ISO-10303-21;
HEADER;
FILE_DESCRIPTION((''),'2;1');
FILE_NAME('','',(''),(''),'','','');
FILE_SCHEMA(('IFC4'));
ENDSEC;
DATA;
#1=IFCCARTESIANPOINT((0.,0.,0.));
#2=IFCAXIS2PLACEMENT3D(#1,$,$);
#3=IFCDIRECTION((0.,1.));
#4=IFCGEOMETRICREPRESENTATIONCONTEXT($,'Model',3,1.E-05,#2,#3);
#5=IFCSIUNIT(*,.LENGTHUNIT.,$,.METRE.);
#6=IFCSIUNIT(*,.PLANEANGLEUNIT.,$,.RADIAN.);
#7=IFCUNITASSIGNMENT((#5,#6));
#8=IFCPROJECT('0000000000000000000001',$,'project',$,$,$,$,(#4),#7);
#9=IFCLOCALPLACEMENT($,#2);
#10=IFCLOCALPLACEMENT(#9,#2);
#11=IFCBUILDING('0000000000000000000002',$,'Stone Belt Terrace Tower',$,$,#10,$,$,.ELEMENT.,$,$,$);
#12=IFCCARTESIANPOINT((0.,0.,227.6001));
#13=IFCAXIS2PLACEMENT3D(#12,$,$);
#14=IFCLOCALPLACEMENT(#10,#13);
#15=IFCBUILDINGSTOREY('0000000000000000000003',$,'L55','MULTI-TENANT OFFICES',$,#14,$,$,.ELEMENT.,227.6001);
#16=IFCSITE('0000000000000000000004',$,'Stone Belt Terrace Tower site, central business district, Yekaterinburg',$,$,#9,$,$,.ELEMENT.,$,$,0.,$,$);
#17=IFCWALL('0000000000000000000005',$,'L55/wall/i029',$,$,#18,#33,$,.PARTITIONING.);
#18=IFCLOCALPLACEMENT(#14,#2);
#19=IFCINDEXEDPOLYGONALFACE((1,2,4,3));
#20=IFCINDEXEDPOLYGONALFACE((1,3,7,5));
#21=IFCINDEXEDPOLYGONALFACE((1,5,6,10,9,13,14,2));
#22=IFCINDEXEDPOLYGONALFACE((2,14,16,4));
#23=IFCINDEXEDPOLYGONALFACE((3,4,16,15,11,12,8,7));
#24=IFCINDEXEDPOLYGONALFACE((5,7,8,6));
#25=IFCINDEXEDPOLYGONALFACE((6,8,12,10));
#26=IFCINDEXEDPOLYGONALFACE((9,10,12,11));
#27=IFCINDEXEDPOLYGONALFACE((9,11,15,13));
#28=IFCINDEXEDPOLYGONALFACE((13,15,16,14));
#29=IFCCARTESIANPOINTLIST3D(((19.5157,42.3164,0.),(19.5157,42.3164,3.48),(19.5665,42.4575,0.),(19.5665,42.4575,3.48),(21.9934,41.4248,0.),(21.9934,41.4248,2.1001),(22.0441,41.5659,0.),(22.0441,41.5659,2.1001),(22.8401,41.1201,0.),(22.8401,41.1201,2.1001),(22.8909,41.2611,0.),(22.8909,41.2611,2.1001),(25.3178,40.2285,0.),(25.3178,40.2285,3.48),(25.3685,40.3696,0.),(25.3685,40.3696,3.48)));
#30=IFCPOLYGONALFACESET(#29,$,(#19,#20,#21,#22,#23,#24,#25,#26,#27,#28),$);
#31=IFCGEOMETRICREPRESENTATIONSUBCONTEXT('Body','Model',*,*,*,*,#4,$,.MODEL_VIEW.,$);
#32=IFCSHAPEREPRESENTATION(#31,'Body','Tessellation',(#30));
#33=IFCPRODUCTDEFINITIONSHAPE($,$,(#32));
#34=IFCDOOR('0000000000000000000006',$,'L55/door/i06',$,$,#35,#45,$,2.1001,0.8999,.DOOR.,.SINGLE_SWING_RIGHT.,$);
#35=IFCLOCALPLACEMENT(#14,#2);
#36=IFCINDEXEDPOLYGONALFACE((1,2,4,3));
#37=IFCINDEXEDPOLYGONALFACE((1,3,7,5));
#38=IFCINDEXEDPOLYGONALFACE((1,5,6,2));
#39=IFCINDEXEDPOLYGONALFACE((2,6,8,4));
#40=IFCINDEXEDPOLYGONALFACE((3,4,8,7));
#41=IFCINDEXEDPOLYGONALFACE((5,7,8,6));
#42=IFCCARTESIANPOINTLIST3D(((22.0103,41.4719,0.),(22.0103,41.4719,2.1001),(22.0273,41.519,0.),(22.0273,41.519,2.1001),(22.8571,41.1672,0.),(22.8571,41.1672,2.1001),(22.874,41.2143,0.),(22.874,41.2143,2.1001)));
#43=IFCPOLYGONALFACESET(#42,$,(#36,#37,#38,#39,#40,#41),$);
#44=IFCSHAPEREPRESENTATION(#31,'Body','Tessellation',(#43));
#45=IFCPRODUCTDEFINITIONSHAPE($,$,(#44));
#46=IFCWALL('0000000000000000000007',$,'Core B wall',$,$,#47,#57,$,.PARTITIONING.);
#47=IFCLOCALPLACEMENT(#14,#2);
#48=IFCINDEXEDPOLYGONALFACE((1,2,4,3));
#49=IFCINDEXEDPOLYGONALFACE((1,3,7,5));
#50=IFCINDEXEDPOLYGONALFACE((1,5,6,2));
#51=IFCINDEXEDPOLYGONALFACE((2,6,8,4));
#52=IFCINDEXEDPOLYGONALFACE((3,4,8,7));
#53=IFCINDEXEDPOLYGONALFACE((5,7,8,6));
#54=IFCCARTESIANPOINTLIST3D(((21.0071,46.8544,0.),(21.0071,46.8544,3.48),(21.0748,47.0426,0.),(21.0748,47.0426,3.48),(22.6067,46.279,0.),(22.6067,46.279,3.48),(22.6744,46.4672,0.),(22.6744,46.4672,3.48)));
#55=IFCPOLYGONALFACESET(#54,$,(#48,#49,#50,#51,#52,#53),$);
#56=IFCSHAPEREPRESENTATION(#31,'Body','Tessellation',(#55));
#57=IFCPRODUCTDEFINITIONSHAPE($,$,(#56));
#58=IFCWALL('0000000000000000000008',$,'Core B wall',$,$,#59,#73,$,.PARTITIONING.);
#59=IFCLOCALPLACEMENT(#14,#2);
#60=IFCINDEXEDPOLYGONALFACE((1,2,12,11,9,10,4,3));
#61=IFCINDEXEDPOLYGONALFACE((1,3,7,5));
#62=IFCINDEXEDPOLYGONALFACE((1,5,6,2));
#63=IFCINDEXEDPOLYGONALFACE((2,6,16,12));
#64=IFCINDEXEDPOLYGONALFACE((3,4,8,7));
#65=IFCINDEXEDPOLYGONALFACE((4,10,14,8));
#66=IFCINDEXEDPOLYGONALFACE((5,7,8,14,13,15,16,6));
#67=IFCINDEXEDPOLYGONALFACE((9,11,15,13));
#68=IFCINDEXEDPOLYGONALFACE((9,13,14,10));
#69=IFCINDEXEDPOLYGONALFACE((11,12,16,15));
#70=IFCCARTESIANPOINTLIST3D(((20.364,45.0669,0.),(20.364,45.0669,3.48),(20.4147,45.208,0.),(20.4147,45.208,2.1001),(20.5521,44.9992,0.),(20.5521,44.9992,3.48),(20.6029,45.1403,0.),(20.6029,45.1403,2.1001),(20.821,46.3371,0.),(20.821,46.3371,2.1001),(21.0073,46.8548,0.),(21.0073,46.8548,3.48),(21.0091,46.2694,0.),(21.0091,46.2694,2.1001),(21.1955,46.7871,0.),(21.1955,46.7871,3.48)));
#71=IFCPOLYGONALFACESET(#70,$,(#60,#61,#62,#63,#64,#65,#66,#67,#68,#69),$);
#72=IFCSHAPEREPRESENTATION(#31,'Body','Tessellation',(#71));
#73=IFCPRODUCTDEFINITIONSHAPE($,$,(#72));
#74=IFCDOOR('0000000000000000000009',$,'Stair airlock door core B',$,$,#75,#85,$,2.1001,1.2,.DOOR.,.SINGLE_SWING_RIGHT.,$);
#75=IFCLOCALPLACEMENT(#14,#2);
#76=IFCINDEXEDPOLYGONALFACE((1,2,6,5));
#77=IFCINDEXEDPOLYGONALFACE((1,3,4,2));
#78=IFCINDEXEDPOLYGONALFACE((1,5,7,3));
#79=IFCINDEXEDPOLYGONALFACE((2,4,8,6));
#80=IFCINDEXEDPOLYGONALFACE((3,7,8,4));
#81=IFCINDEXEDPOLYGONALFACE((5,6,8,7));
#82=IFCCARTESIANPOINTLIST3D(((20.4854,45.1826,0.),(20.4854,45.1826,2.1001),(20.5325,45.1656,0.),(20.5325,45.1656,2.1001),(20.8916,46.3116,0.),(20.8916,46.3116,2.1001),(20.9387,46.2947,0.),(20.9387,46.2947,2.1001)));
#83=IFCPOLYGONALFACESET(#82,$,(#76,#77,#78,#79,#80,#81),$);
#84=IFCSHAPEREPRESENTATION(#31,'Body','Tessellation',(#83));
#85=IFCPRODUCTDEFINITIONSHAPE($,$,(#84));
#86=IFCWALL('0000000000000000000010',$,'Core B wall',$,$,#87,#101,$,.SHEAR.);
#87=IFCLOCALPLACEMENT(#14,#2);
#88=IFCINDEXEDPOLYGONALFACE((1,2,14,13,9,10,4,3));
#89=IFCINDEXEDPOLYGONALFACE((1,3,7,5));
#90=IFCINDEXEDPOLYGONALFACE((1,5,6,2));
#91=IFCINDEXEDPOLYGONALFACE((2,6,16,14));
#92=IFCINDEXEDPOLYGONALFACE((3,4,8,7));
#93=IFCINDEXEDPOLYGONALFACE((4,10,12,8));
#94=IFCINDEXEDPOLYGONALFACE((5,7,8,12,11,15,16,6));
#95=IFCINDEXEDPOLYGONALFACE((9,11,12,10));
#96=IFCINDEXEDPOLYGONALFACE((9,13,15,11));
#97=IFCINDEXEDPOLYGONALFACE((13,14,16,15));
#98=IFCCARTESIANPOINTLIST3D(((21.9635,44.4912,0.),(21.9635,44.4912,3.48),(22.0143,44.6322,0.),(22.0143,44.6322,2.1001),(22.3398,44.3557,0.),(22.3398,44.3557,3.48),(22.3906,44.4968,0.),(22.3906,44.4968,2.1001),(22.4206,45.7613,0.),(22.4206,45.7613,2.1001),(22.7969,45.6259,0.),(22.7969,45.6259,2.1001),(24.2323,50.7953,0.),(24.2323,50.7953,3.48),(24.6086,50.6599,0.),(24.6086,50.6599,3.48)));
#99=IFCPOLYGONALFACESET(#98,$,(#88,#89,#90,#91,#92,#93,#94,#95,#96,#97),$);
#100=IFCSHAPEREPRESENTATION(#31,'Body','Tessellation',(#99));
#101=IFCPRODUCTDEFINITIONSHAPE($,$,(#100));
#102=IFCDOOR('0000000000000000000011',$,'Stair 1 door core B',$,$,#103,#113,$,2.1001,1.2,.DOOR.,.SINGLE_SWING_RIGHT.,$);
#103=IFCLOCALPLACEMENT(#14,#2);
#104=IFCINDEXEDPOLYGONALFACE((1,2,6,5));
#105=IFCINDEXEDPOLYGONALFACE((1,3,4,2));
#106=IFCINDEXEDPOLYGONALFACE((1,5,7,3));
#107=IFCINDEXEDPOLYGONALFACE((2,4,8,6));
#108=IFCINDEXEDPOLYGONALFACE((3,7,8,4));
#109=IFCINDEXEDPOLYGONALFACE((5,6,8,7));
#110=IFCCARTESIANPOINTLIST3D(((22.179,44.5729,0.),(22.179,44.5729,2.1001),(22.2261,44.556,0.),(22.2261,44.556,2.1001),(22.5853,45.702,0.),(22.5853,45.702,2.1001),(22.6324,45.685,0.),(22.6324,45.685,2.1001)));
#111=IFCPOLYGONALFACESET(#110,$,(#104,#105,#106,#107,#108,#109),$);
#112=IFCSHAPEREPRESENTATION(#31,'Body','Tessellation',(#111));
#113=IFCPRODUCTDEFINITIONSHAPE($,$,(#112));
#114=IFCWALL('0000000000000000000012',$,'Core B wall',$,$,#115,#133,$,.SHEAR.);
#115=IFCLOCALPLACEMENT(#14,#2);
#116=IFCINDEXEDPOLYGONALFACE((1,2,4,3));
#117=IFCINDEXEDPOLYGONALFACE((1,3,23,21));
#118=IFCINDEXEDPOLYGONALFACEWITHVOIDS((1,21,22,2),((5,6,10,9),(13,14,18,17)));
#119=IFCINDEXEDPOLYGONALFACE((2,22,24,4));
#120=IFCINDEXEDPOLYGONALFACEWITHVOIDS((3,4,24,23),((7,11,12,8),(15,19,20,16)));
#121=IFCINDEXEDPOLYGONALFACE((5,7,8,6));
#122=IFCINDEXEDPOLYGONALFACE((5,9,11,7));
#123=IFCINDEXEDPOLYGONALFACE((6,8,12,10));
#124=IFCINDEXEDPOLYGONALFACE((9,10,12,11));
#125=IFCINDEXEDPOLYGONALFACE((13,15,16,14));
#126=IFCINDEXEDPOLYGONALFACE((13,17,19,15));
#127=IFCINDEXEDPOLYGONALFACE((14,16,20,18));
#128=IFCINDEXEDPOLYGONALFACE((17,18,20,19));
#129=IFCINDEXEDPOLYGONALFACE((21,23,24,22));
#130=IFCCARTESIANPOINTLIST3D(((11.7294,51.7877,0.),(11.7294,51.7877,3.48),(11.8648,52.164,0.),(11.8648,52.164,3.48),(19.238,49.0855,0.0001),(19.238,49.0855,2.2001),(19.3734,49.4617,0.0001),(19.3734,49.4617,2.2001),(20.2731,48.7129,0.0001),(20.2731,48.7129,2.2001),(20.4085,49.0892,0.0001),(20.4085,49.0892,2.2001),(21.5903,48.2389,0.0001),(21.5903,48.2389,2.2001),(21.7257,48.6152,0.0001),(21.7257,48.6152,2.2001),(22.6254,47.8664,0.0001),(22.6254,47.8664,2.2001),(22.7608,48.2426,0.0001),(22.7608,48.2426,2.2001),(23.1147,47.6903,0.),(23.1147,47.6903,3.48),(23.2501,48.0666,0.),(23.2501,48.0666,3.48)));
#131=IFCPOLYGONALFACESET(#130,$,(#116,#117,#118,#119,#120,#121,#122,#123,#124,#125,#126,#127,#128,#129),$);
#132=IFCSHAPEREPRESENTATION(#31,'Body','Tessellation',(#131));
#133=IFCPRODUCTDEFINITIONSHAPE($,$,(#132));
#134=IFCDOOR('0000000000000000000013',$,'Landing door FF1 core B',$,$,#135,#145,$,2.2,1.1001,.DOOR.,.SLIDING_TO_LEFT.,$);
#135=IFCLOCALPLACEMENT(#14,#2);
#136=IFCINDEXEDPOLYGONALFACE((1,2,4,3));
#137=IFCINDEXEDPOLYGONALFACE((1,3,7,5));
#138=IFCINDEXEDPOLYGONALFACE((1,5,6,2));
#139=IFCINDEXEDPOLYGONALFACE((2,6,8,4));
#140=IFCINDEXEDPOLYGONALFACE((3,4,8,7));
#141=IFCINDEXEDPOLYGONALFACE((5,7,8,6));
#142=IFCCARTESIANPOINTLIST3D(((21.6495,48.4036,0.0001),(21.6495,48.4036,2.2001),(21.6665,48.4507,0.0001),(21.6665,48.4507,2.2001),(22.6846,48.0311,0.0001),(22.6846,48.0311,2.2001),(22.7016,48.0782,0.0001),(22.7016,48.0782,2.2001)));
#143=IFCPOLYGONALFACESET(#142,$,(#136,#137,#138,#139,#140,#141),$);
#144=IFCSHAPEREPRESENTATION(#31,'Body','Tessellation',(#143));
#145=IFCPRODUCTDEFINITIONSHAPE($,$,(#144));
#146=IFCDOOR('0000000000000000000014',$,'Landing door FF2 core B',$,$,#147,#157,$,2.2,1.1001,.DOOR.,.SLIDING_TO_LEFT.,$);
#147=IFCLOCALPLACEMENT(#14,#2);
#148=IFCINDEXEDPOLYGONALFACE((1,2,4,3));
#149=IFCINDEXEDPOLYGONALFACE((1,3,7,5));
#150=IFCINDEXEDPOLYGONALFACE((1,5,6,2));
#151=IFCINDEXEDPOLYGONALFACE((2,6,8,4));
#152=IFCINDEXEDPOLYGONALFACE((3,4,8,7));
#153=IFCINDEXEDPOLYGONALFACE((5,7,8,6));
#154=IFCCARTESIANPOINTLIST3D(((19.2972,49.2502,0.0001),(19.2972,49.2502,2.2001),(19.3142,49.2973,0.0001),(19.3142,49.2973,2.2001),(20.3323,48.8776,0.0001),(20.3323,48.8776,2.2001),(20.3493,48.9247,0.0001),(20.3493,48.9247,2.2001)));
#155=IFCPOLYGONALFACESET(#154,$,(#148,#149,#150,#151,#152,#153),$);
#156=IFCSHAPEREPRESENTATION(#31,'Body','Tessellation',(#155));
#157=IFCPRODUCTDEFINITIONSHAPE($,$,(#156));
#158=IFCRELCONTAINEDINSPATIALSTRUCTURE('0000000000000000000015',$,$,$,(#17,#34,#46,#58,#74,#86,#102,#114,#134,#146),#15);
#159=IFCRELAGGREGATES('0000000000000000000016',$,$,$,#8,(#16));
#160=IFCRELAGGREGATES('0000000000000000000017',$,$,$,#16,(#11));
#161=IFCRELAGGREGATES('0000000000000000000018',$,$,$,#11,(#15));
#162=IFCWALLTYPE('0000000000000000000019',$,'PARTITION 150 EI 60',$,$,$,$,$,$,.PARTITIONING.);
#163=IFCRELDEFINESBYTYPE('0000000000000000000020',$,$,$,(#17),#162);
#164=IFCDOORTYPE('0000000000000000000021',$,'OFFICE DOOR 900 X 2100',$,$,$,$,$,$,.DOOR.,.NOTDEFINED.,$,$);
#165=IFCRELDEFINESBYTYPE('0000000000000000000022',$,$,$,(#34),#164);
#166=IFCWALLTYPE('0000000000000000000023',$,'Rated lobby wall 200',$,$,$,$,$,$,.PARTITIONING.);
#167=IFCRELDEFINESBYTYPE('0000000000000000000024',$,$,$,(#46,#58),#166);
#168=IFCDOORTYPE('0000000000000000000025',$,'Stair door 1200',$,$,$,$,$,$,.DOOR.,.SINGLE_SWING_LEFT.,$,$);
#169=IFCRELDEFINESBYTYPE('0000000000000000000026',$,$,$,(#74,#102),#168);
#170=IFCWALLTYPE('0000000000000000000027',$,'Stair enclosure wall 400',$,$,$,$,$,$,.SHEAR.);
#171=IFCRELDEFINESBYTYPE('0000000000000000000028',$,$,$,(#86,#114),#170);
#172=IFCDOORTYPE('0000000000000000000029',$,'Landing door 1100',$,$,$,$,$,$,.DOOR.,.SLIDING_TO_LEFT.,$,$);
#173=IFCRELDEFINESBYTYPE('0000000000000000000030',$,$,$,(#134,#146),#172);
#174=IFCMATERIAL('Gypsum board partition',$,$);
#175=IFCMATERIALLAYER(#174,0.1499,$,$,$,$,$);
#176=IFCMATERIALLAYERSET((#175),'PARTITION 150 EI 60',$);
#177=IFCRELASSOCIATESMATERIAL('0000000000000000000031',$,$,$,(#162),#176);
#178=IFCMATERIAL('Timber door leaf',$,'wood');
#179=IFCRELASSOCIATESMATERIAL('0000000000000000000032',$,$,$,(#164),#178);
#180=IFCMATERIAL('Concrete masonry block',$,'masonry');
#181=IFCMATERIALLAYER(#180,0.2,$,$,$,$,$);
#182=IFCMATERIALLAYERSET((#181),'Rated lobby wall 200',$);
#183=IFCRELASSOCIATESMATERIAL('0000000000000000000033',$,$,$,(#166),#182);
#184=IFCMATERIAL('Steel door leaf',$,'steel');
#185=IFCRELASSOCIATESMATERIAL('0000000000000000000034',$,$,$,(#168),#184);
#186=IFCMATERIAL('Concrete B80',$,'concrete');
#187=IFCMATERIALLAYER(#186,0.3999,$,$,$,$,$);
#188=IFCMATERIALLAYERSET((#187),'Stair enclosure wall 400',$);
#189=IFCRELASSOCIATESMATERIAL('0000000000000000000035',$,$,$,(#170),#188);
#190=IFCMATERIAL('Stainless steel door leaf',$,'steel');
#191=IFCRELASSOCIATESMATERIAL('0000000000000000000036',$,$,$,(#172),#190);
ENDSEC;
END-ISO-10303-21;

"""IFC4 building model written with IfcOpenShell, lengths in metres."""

from ifc_helpers import new_model, si_unit, direction, frame, frame_2d, origin, place, context, subcontext, project, spatial, rectangle, extrude, material, layer, layer_set, type_object, element, fill, save


model = new_model("IFC4")

# Units and contexts
model_context = context("Model", 3, precision=1e-05, world=origin(), true_north=direction((0.0, 1.0)))
body_context = subcontext(model_context, "Body", "Model", "MODEL_VIEW")
ifc_project = project(units=[si_unit("LENGTHUNIT", "METRE"), si_unit("PLANEANGLEUNIT", "RADIAN")], contexts=[model_context])

# Site, building, storey
site_placement = place(None, origin())
site = spatial("IfcSite", under=ifc_project, at=site_placement, Name="Stone Belt Terrace Tower site, central business district, Yekaterinburg", CompositionType="ELEMENT", RefElevation=0.0)
building_placement = place(site_placement, origin())
building = spatial("IfcBuilding", under=site, at=building_placement, Name="Stone Belt Terrace Tower", CompositionType="ELEMENT")
storey_placement = place(building_placement, frame((0.0, 0.0, 227.6001)))
storey = spatial("IfcBuildingStorey", under=building, at=storey_placement, Name="L55", Description="MULTI-TENANT OFFICES", CompositionType="ELEMENT", Elevation=227.6001)

# Shared definitions
ifc_material_1 = material(Name="Timber door leaf", Category="wood")

# Shared definitions
ifc_material_2 = material(Name="Concrete B80", Category="concrete")
ifc_material_3 = material(Name="Gypsum board partition")
ifc_layer_1 = layer(ifc_material_3, 0.1499)
ifc_layer_set_1 = layer_set([ifc_layer_1], Name="PARTITION 150 EI 60")
wall_type_1 = type_object("IfcWallType", Name="PARTITION 150 EI 60", PredefinedType="PARTITIONING", material=ifc_layer_set_1)

# Wall, opening, door
door_type_1 = type_object("IfcDoorType", Name="OFFICE DOOR 900 X 2100", OperationType="NOTDEFINED", PredefinedType="DOOR", material=ifc_material_1)
wall_1_placement = place(storey_placement, frame((25.343, 40.2991, 0.0), z_axis=(0.0, 0.0, 1.0), x_axis=(-0.94093, 0.3386, 0.0)))
wall_1 = element("IfcWall", 1, at=wall_1_placement, inside=storey, type_object=wall_type_1, Name="L55/wall/i029", PredefinedType="PARTITIONING", context=body_context, shape_type="SweptSolid", body=[
    extrude(rectangle(XDim=6.1663, YDim=0.1499, at=frame_2d((3.083, 0.0))), origin(), (0.0, 0.0, 1.0), 3.48),
])
opening_1_placement = place(wall_1_placement, frame((2.6331, 0.0, 0.0)))
opening_1 = element("IfcOpeningElement", 2, at=opening_1_placement, cuts=wall_1, PredefinedType="OPENING", context=body_context, shape_type="SweptSolid", body=[
    extrude(rectangle(XDim=0.8999, YDim=2.1001, at=frame_2d((0.45, 1.05))), frame((0.0, 0.085, 0.0), z_axis=(0.0, -1.0, 0.0), x_axis=(1.0, 0.0, 0.0)), (0.0, 0.0, 1.0), 0.1699),
])
door_1_placement = place(opening_1_placement, origin())
door_1 = element("IfcDoor", 3, at=door_1_placement, inside=storey, type_object=door_type_1, Name="L55/door/i06", OperationType="SINGLE_SWING_RIGHT", OverallHeight=2.1001, OverallWidth=0.8999, PredefinedType="DOOR", context=body_context, shape_type="SweptSolid", body=[
    extrude(rectangle(XDim=0.8999, YDim=2.1001, at=frame_2d((0.45, 1.05))), frame((0.0, 0.0249, 0.0), z_axis=(0.0, -1.0, 0.0), x_axis=(1.0, 0.0, 0.0)), (0.0, 0.0, 1.0), 0.05),
])
fill(opening_1, door_1)

# Wall
ifc_material_4 = material(Name="Concrete masonry block", Category="masonry")
ifc_layer_2 = layer(ifc_material_4, 0.2)
ifc_layer_set_2 = layer_set([ifc_layer_2], Name="Rated lobby wall 200")
wall_type_2 = type_object("IfcWallType", Name="Rated lobby wall 200", PredefinedType="PARTITIONING", material=ifc_layer_set_2)
wall_2_placement = place(storey_placement, frame((22.6406, 46.373, 0.0), z_axis=(0.0, 0.0, 1.0), x_axis=(-0.940966, 0.338501, 0.0)))
element("IfcWall", 4, at=wall_2_placement, inside=storey, type_object=wall_type_2, Name="Core B wall", PredefinedType="PARTITIONING", context=body_context, shape_type="SweptSolid", body=[
    extrude(rectangle(XDim=1.7, YDim=0.2, at=frame_2d((0.8501, 0.0))), origin(), (0.0, 0.0, 1.0), 3.48),
])

# Walls, openings, doors
wall_3_placement = place(storey_placement, frame((20.458, 45.033, 0.0), z_axis=(0.0, 0.0, 1.0), x_axis=(0.338574, 0.94094, 0.0)))
wall_3 = element("IfcWall", 5, at=wall_3_placement, inside=storey, type_object=wall_type_2, Name="Core B wall", PredefinedType="PARTITIONING", context=body_context, shape_type="SweptSolid", body=[
    extrude(rectangle(XDim=1.9001, YDim=0.2, at=frame_2d((0.9502, 0.0))), origin(), (0.0, 0.0, 1.0), 3.48),
])
opening_2_placement = place(wall_3_placement, frame((0.1499, 0.0, 0.0)))
opening_2 = element("IfcOpeningElement", 6, at=opening_2_placement, cuts=wall_3, PredefinedType="OPENING", context=body_context, shape_type="SweptSolid", body=[
    extrude(rectangle(XDim=1.2, YDim=2.1001, at=frame_2d((0.6001, 1.05))), frame((0.0, 0.1099, 0.0), z_axis=(0.0, -1.0, 0.0), x_axis=(1.0, 0.0, 0.0)), (0.0, 0.0, 1.0), 0.22),
])
ifc_material_5 = material(Name="Steel door leaf", Category="steel")
door_type_2 = type_object("IfcDoorType", Name="Stair door 1200", OperationType="SINGLE_SWING_LEFT", PredefinedType="DOOR", material=ifc_material_5)
door_2_placement = place(opening_2_placement, origin())
door_2 = element("IfcDoor", 7, at=door_2_placement, inside=storey, type_object=door_type_2, Name="Stair airlock door core B", OperationType="SINGLE_SWING_RIGHT", OverallHeight=2.1001, OverallWidth=1.2, PredefinedType="DOOR", context=body_context, shape_type="SweptSolid", body=[
    extrude(rectangle(XDim=1.2, YDim=2.1001, at=frame_2d((0.6001, 1.05))), frame((0.0, 0.0249, 0.0), z_axis=(0.0, -1.0, 0.0), x_axis=(1.0, 0.0, 0.0)), (0.0, 0.0, 1.0), 0.05),
])
fill(opening_2, door_2)
ifc_layer_3 = layer(ifc_material_2, 0.3999)
ifc_layer_set_3 = layer_set([ifc_layer_3], Name="Stair enclosure wall 400")
wall_type_3 = type_object("IfcWallType", Name="Stair enclosure wall 400", PredefinedType="SHEAR", material=ifc_layer_set_3)
wall_4_placement = place(storey_placement, frame((22.1516, 44.4233, 0.0), z_axis=(0.0, 0.0, 1.0), x_axis=(0.338625, 0.940921, 0.0)))
wall_4 = element("IfcWall", 8, at=wall_4_placement, inside=storey, type_object=wall_type_3, Name="Core B wall", PredefinedType="SHEAR", context=body_context, shape_type="SweptSolid", body=[
    extrude(rectangle(XDim=6.7, YDim=0.3999, at=frame_2d((3.3501, 0.0))), origin(), (0.0, 0.0, 1.0), 3.48),
])
opening_3_placement = place(wall_4_placement, frame((0.1499, 0.0, 0.0)))
opening_3 = element("IfcOpeningElement", 9, at=opening_3_placement, cuts=wall_4, PredefinedType="OPENING", context=body_context, shape_type="SweptSolid", body=[
    extrude(rectangle(XDim=1.2, YDim=2.1001, at=frame_2d((0.6001, 1.05))), frame((0.0, 0.21, 0.0), z_axis=(0.0, -1.0, 0.0), x_axis=(1.0, 0.0, 0.0)), (0.0, 0.0, 1.0), 0.4199),
])
door_3_placement = place(opening_3_placement, origin())
door_3 = element("IfcDoor", 10, at=door_3_placement, inside=storey, type_object=door_type_2, Name="Stair 1 door core B", OperationType="SINGLE_SWING_RIGHT", OverallHeight=2.1001, OverallWidth=1.2, PredefinedType="DOOR", context=body_context, shape_type="SweptSolid", body=[
    extrude(rectangle(XDim=1.2, YDim=2.1001, at=frame_2d((0.6001, 1.05))), frame((0.0, 0.0249, 0.0), z_axis=(0.0, -1.0, 0.0), x_axis=(1.0, 0.0, 0.0)), (0.0, 0.0, 1.0), 0.05),
])
fill(opening_3, door_3)

# Wall, openings, doors
wall_5_placement = place(storey_placement, frame((23.1824, 47.8784, 0.0), z_axis=(0.0, 0.0, 1.0), x_axis=(-0.940921, 0.338626, 0.0)))
wall_5 = element("IfcWall", 11, at=wall_5_placement, inside=storey, type_object=wall_type_3, Name="Core B wall", PredefinedType="SHEAR", context=body_context, shape_type="SweptSolid", body=[
    extrude(rectangle(XDim=12.1001, YDim=0.3999, at=frame_2d((6.05, 0.0))), origin(), (0.0, 0.0, 1.0), 3.48),
])
opening_4_placement = place(wall_5_placement, frame((0.52, 0.0, 0.0)))
opening_4 = element("IfcOpeningElement", 12, at=opening_4_placement, cuts=wall_5, PredefinedType="OPENING", context=body_context, shape_type="SweptSolid", body=[
    extrude(rectangle(XDim=1.1001, YDim=2.2, at=frame_2d((0.55, 1.1001))), frame((0.0, 0.21, 0.0), z_axis=(0.0, -1.0, 0.0), x_axis=(1.0, 0.0, 0.0)), (0.0, 0.0, 1.0), 0.4199),
])
opening_5_placement = place(wall_5_placement, frame((3.02, 0.0, 0.0)))
opening_5 = element("IfcOpeningElement", 13, at=opening_5_placement, cuts=wall_5, PredefinedType="OPENING", context=body_context, shape_type="SweptSolid", body=[
    extrude(rectangle(XDim=1.1001, YDim=2.2, at=frame_2d((0.55, 1.1001))), frame((0.0, 0.21, 0.0), z_axis=(0.0, -1.0, 0.0), x_axis=(1.0, 0.0, 0.0)), (0.0, 0.0, 1.0), 0.4199),
])
ifc_material_6 = material(Name="Stainless steel door leaf", Category="steel")
door_type_3 = type_object("IfcDoorType", Name="Landing door 1100", OperationType="SLIDING_TO_LEFT", PredefinedType="DOOR", material=ifc_material_6)
door_4_placement = place(opening_4_placement, origin())
door_4 = element("IfcDoor", 14, at=door_4_placement, inside=storey, type_object=door_type_3, Name="Landing door FF1 core B", OperationType="SLIDING_TO_LEFT", OverallHeight=2.2, OverallWidth=1.1001, PredefinedType="DOOR", context=body_context, shape_type="SweptSolid", body=[
    extrude(rectangle(XDim=1.1001, YDim=2.2, at=frame_2d((0.55, 1.1001))), frame((0.0, 0.0249, 0.0), z_axis=(0.0, -1.0, 0.0), x_axis=(1.0, 0.0, 0.0)), (0.0, 0.0, 1.0), 0.05),
])
fill(opening_4, door_4)
door_5_placement = place(opening_5_placement, origin())
door_5 = element("IfcDoor", 15, at=door_5_placement, inside=storey, type_object=door_type_3, Name="Landing door FF2 core B", OperationType="SLIDING_TO_LEFT", OverallHeight=2.2, OverallWidth=1.1001, PredefinedType="DOOR", context=body_context, shape_type="SweptSolid", body=[
    extrude(rectangle(XDim=1.1001, YDim=2.2, at=frame_2d((0.55, 1.1001))), frame((0.0, 0.0249, 0.0), z_axis=(0.0, -1.0, 0.0), x_axis=(1.0, 0.0, 0.0)), (0.0, 0.0, 1.0), 0.05),
])
fill(opening_5, door_5)

save(model, "model.ifc")
